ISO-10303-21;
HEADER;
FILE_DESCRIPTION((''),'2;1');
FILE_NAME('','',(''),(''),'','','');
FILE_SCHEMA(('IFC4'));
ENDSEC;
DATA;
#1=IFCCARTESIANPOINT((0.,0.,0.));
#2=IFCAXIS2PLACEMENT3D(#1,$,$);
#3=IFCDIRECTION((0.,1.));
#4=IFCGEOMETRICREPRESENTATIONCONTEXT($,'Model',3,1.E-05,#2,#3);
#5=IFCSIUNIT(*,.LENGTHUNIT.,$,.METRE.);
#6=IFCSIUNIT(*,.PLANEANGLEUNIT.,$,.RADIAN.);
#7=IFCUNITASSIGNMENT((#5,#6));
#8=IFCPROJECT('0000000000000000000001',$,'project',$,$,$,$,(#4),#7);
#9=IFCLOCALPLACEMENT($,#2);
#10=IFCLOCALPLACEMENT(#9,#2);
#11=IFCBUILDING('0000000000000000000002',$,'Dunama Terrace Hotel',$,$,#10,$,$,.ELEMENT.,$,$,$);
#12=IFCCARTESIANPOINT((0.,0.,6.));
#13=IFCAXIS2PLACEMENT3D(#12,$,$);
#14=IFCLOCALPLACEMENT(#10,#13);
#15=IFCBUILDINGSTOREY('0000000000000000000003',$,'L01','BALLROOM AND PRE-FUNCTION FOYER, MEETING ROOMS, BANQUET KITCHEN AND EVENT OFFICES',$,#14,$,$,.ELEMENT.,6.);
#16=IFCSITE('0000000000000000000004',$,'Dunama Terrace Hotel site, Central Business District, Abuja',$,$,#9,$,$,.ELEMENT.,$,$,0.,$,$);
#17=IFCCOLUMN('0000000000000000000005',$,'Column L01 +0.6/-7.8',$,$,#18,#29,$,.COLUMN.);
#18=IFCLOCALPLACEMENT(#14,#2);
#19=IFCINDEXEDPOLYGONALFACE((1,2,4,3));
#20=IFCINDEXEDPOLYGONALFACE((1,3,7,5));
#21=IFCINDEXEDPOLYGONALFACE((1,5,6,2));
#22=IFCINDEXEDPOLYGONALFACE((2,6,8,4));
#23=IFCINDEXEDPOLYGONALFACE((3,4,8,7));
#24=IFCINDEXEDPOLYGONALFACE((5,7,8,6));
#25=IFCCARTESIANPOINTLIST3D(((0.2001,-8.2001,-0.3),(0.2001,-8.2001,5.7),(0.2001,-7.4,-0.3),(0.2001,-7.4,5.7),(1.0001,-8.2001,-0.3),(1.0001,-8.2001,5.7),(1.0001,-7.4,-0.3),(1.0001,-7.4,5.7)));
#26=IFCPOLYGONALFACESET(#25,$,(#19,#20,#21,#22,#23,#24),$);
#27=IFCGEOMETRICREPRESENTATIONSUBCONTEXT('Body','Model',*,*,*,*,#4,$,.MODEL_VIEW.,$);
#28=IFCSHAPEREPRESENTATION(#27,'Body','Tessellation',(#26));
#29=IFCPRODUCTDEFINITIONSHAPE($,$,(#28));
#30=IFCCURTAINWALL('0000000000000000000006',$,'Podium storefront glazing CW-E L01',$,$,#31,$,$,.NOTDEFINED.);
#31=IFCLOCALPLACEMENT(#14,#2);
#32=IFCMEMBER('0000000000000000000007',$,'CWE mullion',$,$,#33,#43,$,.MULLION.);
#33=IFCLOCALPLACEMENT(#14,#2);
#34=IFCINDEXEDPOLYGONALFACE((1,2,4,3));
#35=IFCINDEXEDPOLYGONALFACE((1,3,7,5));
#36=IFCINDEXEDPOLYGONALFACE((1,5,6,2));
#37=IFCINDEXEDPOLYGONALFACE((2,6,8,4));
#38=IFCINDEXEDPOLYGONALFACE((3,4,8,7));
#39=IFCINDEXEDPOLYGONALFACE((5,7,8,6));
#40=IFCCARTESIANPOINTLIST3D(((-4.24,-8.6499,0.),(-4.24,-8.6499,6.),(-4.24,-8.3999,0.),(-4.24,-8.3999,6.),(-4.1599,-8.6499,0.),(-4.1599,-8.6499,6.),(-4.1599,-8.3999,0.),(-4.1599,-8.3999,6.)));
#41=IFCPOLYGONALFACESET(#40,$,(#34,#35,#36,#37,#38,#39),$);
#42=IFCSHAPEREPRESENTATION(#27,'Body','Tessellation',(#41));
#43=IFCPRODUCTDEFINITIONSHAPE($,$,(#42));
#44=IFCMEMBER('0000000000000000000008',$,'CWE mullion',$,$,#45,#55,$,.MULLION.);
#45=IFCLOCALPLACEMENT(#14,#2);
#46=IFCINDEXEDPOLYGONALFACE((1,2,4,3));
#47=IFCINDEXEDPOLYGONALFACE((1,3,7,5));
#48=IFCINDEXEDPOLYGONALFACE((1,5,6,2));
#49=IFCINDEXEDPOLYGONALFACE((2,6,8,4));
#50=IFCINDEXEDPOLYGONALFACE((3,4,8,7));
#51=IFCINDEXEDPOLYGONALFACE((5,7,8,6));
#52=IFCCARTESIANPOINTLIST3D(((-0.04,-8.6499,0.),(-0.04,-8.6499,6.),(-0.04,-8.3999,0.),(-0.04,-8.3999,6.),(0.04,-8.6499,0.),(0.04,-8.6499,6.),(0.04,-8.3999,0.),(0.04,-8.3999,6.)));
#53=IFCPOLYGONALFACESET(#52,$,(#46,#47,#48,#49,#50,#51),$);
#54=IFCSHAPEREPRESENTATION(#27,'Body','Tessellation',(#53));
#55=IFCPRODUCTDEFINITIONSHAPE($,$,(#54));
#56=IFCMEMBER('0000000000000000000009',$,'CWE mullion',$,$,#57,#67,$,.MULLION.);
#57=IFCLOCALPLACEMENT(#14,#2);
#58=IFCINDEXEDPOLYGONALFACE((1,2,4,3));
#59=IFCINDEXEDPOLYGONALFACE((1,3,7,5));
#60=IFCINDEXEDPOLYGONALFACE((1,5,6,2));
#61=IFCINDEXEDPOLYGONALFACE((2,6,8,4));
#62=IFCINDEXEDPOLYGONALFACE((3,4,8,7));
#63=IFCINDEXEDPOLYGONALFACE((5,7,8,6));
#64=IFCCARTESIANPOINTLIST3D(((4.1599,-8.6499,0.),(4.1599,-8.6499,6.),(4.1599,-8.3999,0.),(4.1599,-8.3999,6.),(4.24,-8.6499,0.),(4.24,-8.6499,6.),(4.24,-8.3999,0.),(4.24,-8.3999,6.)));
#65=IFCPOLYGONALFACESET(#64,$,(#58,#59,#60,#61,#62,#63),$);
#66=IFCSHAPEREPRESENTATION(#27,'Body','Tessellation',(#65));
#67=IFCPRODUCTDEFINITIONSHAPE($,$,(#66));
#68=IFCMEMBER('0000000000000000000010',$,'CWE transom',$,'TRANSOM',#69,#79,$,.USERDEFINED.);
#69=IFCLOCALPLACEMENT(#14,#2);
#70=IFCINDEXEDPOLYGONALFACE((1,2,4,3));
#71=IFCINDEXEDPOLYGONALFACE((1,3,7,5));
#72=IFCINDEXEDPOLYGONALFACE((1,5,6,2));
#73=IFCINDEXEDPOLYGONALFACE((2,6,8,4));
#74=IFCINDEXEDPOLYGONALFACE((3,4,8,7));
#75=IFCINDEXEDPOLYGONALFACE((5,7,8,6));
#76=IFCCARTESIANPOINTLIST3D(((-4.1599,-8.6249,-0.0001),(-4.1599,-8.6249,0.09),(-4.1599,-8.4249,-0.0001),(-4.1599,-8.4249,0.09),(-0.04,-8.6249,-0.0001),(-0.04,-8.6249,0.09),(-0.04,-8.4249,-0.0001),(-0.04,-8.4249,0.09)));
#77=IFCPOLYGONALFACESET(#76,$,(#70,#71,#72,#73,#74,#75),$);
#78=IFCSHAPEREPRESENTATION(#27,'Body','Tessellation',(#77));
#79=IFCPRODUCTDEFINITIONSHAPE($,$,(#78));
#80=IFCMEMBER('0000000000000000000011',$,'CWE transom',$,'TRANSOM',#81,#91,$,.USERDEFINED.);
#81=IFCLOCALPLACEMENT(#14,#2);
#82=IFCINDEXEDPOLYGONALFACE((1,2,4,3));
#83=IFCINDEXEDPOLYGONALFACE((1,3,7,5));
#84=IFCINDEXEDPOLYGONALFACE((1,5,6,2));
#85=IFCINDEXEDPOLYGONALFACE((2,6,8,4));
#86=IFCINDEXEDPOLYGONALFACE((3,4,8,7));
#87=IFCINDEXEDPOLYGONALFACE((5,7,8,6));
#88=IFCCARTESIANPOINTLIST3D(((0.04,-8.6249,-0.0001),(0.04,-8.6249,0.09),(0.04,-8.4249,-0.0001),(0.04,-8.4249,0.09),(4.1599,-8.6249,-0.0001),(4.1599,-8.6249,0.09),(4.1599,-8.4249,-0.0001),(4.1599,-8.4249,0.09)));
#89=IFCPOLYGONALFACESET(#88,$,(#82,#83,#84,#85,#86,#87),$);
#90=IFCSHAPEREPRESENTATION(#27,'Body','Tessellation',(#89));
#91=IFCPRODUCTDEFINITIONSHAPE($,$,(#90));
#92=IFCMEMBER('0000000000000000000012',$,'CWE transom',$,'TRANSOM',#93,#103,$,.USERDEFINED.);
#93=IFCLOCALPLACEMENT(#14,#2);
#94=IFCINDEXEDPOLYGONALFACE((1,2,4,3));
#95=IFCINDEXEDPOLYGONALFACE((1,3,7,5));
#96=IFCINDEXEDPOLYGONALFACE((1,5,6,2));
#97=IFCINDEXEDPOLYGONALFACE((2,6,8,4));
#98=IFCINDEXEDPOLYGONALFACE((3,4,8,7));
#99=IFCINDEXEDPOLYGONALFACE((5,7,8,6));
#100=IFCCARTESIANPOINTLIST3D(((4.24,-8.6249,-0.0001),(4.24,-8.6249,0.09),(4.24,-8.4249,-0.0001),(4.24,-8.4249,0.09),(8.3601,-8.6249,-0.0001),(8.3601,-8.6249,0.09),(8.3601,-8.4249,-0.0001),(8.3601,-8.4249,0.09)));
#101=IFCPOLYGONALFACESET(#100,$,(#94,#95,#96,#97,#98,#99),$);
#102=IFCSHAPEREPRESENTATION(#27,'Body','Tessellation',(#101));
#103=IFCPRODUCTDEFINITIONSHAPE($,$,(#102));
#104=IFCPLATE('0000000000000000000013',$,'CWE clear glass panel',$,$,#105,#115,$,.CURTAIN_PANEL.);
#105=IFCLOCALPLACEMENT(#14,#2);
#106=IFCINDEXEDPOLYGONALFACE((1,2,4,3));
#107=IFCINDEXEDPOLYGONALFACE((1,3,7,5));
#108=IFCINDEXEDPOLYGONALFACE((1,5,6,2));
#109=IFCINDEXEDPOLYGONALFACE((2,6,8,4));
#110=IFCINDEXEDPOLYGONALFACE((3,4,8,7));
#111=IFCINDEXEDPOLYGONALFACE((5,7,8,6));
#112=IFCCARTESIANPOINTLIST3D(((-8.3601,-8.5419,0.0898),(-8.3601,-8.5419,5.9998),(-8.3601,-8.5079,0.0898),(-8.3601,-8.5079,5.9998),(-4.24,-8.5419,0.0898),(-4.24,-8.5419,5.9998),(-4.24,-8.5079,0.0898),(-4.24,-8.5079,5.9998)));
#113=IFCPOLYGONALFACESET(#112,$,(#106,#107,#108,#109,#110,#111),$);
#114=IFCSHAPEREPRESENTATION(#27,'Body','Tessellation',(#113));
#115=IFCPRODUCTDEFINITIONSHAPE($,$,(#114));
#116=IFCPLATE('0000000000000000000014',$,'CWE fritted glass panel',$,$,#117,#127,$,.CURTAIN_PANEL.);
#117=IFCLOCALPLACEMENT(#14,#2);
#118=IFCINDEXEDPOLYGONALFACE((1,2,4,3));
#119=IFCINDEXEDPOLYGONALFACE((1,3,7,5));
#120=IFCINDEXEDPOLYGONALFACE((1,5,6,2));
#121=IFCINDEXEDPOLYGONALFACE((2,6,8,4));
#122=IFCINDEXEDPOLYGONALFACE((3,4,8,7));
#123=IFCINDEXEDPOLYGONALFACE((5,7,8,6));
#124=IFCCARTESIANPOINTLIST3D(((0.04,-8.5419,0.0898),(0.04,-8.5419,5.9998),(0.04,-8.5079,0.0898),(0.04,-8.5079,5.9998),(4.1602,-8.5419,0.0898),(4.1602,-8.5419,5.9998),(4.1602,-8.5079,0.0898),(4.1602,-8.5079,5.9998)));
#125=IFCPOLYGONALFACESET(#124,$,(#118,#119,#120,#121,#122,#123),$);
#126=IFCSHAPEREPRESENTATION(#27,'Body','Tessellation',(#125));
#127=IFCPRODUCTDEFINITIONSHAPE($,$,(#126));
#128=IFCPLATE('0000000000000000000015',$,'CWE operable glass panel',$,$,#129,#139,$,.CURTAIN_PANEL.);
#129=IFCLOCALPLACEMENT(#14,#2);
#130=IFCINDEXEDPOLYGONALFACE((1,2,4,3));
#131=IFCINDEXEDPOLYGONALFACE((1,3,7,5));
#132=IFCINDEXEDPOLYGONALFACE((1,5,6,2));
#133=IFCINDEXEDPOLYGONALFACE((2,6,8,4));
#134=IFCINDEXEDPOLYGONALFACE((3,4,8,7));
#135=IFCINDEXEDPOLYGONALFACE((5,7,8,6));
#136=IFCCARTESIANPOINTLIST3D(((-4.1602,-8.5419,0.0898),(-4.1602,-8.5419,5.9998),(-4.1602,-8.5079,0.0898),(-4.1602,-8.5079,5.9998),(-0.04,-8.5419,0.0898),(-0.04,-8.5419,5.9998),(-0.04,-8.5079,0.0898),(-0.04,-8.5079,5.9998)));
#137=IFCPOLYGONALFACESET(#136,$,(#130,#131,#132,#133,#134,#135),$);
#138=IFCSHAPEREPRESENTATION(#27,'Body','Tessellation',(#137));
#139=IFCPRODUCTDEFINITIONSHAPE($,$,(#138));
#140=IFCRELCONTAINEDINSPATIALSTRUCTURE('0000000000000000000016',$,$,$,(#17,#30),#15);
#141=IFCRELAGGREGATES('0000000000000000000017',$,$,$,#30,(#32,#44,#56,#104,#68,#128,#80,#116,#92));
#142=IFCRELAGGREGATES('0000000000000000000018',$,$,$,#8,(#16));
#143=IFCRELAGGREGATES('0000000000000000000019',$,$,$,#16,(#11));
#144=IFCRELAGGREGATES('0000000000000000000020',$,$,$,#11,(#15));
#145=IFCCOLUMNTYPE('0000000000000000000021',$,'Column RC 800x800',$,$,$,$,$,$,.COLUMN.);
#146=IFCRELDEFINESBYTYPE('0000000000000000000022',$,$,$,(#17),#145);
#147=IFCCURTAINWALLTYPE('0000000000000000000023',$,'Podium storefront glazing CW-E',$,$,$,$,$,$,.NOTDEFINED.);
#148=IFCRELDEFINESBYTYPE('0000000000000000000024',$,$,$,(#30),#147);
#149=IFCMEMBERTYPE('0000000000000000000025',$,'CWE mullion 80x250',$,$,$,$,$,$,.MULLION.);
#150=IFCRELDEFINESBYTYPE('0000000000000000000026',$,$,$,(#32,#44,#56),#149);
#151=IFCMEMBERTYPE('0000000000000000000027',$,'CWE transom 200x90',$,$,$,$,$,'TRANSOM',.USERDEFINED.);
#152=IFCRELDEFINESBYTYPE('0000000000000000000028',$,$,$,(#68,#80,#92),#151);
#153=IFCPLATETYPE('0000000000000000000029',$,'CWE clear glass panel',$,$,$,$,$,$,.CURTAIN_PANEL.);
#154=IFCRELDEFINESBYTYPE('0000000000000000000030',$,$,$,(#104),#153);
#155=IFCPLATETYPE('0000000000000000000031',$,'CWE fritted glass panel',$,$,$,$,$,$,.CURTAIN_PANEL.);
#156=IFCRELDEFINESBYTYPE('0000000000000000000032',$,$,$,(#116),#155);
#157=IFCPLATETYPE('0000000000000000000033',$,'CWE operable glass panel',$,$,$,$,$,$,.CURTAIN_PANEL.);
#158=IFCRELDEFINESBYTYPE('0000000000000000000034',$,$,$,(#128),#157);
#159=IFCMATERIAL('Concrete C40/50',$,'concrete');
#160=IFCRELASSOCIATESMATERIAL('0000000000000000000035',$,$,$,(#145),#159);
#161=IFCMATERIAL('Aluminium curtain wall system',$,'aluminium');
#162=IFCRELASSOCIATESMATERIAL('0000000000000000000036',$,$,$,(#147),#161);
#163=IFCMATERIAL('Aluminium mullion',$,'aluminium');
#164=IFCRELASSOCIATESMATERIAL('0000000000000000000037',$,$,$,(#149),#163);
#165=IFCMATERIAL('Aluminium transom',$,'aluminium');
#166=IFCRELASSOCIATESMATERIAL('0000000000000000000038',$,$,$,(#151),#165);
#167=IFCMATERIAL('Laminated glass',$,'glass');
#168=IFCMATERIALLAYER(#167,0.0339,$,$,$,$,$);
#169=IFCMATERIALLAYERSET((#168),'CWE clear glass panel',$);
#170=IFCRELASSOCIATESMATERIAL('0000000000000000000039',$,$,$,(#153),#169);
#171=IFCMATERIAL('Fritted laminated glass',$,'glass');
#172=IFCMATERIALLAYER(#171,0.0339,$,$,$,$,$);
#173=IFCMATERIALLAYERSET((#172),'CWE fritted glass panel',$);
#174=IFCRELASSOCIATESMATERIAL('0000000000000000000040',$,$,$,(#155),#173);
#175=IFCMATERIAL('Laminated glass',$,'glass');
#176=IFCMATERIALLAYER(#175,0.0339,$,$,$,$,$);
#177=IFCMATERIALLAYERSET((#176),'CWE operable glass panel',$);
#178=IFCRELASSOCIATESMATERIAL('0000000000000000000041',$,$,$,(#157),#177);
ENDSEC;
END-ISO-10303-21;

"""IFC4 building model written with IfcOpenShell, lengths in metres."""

from ifc_helpers import new_model, si_unit, direction, frame, origin, origin_2d, place, context, subcontext, project, spatial, rectangle, extrude, material, layer, layer_set, material_profile, profile_set, type_object, element, aggregate, save


model = new_model("IFC4")

# Units and contexts
model_context = context("Model", 3, precision=1e-05, world=origin(), true_north=direction((0.0, 1.0)))
body_context = subcontext(model_context, "Body", "Model", "MODEL_VIEW")
ifc_project = project(units=[si_unit("LENGTHUNIT", "METRE"), si_unit("PLANEANGLEUNIT", "RADIAN")], contexts=[model_context])

# Site, building, storey
site_placement = place(None, origin())
site = spatial("IfcSite", under=ifc_project, at=site_placement, Name="Dunama Terrace Hotel site, Central Business District, Abuja", CompositionType="ELEMENT", RefElevation=0.0)
building_placement = place(site_placement, origin())
building = spatial("IfcBuilding", under=site, at=building_placement, Name="Dunama Terrace Hotel", CompositionType="ELEMENT")
storey_placement = place(building_placement, frame((0.0, 0.0, 6.0)))
storey = spatial("IfcBuildingStorey", under=building, at=storey_placement, Name="L01", Description="BALLROOM AND PRE-FUNCTION FOYER, MEETING ROOMS, BANQUET KITCHEN AND EVENT OFFICES", CompositionType="ELEMENT", Elevation=6.0)

# Column
ifc_material_1 = material(Name="Concrete C40/50", Category="concrete")
ifc_material_profile_1 = material_profile(ifc_material_1, rectangle(XDim=0.8, YDim=0.8, at=origin_2d()), Name="RC 800x800")
ifc_profile_set_1 = profile_set([ifc_material_profile_1], Name="Concrete C40/50")
column_type = type_object("IfcColumnType", Name="Column RC 800x800", PredefinedType="COLUMN", material=ifc_profile_set_1)
column_placement = place(storey_placement, frame((0.6001, -7.8, -0.3), z_axis=(0.0, 0.0, 1.0), x_axis=(1.0, 0.0, 0.0)))
element("IfcColumn", 1, at=column_placement, inside=storey, type_object=column_type, Name="Column L01 +0.6/-7.8", PredefinedType="COLUMN", context=body_context, shape_type="SweptSolid", body=[
    extrude(rectangle(XDim=0.8, YDim=0.8, at=origin_2d()), origin(), (0.0, 0.0, 1.0), 6.0),
])

# Curtain wall, members, plates
ifc_material_2 = material(Name="Aluminium curtain wall system", Category="aluminium")
curtain_wall_type = type_object("IfcCurtainWallType", Name="Podium storefront glazing CW-E", PredefinedType="NOTDEFINED", material=ifc_material_2)
curtain_wall_placement = place(storey_placement, origin())
curtain_wall = element("IfcCurtainWall", 2, at=curtain_wall_placement, inside=storey, type_object=curtain_wall_type, Name="Podium storefront glazing CW-E L01", PredefinedType="NOTDEFINED")
ifc_material_3 = material(Name="Aluminium mullion", Category="aluminium")
ifc_material_profile_2 = material_profile(ifc_material_3, rectangle(XDim=0.0801, YDim=0.25, at=origin_2d()), Name="CWE MULLION 80X250")
ifc_profile_set_2 = profile_set([ifc_material_profile_2], Name="Aluminium mullion")
member_type_1 = type_object("IfcMemberType", Name="CWE mullion 80x250", PredefinedType="MULLION", material=ifc_profile_set_2)
member_1_placement = place(storey_placement, frame((-4.2, -8.5249, 0.0), z_axis=(0.0, 0.0, 1.0), x_axis=(1.0, 0.0, 0.0)))
member_1 = element("IfcMember", 3, at=member_1_placement, type_object=member_type_1, Name="CWE mullion", PredefinedType="MULLION", context=body_context, shape_type="SweptSolid", body=[
    extrude(rectangle(XDim=0.0801, YDim=0.25, at=origin_2d()), origin(), (0.0, 0.0, 1.0), 6.0),
])
member_2_placement = place(storey_placement, frame((0.0, -8.5249, 0.0), z_axis=(0.0, 0.0, 1.0), x_axis=(1.0, 0.0, 0.0)))
member_2 = element("IfcMember", 4, at=member_2_placement, type_object=member_type_1, Name="CWE mullion", PredefinedType="MULLION", context=body_context, shape_type="SweptSolid", body=[
    extrude(rectangle(XDim=0.0801, YDim=0.25, at=origin_2d()), origin(), (0.0, 0.0, 1.0), 6.0),
])
member_3_placement = place(storey_placement, frame((4.2, -8.5249, 0.0), z_axis=(0.0, 0.0, 1.0), x_axis=(1.0, 0.0, 0.0)))
member_3 = element("IfcMember", 5, at=member_3_placement, type_object=member_type_1, Name="CWE mullion", PredefinedType="MULLION", context=body_context, shape_type="SweptSolid", body=[
    extrude(rectangle(XDim=0.0801, YDim=0.25, at=origin_2d()), origin(), (0.0, 0.0, 1.0), 6.0),
])
ifc_material_4 = material(Name="Aluminium transom", Category="aluminium")
ifc_material_profile_3 = material_profile(ifc_material_4, rectangle(XDim=0.2, YDim=0.0901, at=origin_2d()), Name="CWE TRANSOM 200X90")
ifc_profile_set_3 = profile_set([ifc_material_profile_3], Name="Aluminium transom")
member_type_2 = type_object("IfcMemberType", Name="CWE transom 200x90", ElementType="TRANSOM", PredefinedType="USERDEFINED", material=ifc_profile_set_3)
member_4_placement = place(storey_placement, frame((-4.1599, -8.5249, 0.0449), z_axis=(1.0, 0.0, 0.0), x_axis=(0.0, 1.0, 0.0)))
member_4 = element("IfcMember", 6, at=member_4_placement, type_object=member_type_2, Name="CWE transom", ObjectType="TRANSOM", PredefinedType="USERDEFINED", context=body_context, shape_type="SweptSolid", body=[
    extrude(rectangle(XDim=0.2, YDim=0.0901, at=origin_2d()), origin(), (0.0, 0.0, 1.0), 4.1199),
])
member_5_placement = place(storey_placement, frame((0.04, -8.5249, 0.0449), z_axis=(1.0, 0.0, 0.0), x_axis=(0.0, 1.0, 0.0)))
member_5 = element("IfcMember", 7, at=member_5_placement, type_object=member_type_2, Name="CWE transom", ObjectType="TRANSOM", PredefinedType="USERDEFINED", context=body_context, shape_type="SweptSolid", body=[
    extrude(rectangle(XDim=0.2, YDim=0.0901, at=origin_2d()), origin(), (0.0, 0.0, 1.0), 4.1199),
])
member_6_placement = place(storey_placement, frame((4.24, -8.5249, 0.0449), z_axis=(1.0, 0.0, 0.0), x_axis=(0.0, 1.0, 0.0)))
member_6 = element("IfcMember", 8, at=member_6_placement, type_object=member_type_2, Name="CWE transom", ObjectType="TRANSOM", PredefinedType="USERDEFINED", context=body_context, shape_type="SweptSolid", body=[
    extrude(rectangle(XDim=0.2, YDim=0.0901, at=origin_2d()), origin(), (0.0, 0.0, 1.0), 4.1201),
])
ifc_material_5 = material(Name="Laminated glass", Category="glass")
ifc_layer_1 = layer(ifc_material_5, 0.0339)
ifc_layer_set_1 = layer_set([ifc_layer_1], Name="CWE clear glass panel")
plate_type_1 = type_object("IfcPlateType", Name="CWE clear glass panel", PredefinedType="CURTAIN_PANEL", material=ifc_layer_set_1)
plate_1_placement = place(storey_placement, frame((-6.3, -8.5249, 0.0898), z_axis=(0.0, 0.0, 1.0), x_axis=(1.0, 0.0, 0.0)))
plate_1 = element("IfcPlate", 9, at=plate_1_placement, type_object=plate_type_1, Name="CWE clear glass panel", PredefinedType="CURTAIN_PANEL", context=body_context, shape_type="SweptSolid", body=[
    extrude(rectangle(XDim=4.1201, YDim=0.0339, at=origin_2d()), origin(), (0.0, 0.0, 1.0), 5.9099),
])
ifc_material_6 = material(Name="Fritted laminated glass", Category="glass")
ifc_layer_2 = layer(ifc_material_6, 0.0339)
ifc_layer_set_2 = layer_set([ifc_layer_2], Name="CWE fritted glass panel")
plate_type_2 = type_object("IfcPlateType", Name="CWE fritted glass panel", PredefinedType="CURTAIN_PANEL", material=ifc_layer_set_2)
plate_2_placement = place(storey_placement, frame((2.1001, -8.5249, 0.0898), z_axis=(0.0, 0.0, 1.0), x_axis=(1.0, 0.0, 0.0)))
plate_2 = element("IfcPlate", 10, at=plate_2_placement, type_object=plate_type_2, Name="CWE fritted glass panel", PredefinedType="CURTAIN_PANEL", context=body_context, shape_type="SweptSolid", body=[
    extrude(rectangle(XDim=4.1201, YDim=0.0339, at=origin_2d()), origin(), (0.0, 0.0, 1.0), 5.9099),
])
ifc_material_7 = material(Name="Laminated glass", Category="glass")
ifc_layer_3 = layer(ifc_material_7, 0.0339)
ifc_layer_set_3 = layer_set([ifc_layer_3], Name="CWE operable glass panel")
plate_type_3 = type_object("IfcPlateType", Name="CWE operable glass panel", PredefinedType="CURTAIN_PANEL", material=ifc_layer_set_3)
plate_3_placement = place(storey_placement, frame((-2.1001, -8.5249, 0.0898), z_axis=(0.0, 0.0, 1.0), x_axis=(1.0, 0.0, 0.0)))
plate_3 = element("IfcPlate", 11, at=plate_3_placement, type_object=plate_type_3, Name="CWE operable glass panel", PredefinedType="CURTAIN_PANEL", context=body_context, shape_type="SweptSolid", body=[
    extrude(rectangle(XDim=4.1201, YDim=0.0339, at=origin_2d()), origin(), (0.0, 0.0, 1.0), 5.9099),
])
aggregate(curtain_wall, [member_1, member_2, member_3, plate_1, member_4, plate_3, member_5, plate_2, member_6])

save(model, "model.ifc")
